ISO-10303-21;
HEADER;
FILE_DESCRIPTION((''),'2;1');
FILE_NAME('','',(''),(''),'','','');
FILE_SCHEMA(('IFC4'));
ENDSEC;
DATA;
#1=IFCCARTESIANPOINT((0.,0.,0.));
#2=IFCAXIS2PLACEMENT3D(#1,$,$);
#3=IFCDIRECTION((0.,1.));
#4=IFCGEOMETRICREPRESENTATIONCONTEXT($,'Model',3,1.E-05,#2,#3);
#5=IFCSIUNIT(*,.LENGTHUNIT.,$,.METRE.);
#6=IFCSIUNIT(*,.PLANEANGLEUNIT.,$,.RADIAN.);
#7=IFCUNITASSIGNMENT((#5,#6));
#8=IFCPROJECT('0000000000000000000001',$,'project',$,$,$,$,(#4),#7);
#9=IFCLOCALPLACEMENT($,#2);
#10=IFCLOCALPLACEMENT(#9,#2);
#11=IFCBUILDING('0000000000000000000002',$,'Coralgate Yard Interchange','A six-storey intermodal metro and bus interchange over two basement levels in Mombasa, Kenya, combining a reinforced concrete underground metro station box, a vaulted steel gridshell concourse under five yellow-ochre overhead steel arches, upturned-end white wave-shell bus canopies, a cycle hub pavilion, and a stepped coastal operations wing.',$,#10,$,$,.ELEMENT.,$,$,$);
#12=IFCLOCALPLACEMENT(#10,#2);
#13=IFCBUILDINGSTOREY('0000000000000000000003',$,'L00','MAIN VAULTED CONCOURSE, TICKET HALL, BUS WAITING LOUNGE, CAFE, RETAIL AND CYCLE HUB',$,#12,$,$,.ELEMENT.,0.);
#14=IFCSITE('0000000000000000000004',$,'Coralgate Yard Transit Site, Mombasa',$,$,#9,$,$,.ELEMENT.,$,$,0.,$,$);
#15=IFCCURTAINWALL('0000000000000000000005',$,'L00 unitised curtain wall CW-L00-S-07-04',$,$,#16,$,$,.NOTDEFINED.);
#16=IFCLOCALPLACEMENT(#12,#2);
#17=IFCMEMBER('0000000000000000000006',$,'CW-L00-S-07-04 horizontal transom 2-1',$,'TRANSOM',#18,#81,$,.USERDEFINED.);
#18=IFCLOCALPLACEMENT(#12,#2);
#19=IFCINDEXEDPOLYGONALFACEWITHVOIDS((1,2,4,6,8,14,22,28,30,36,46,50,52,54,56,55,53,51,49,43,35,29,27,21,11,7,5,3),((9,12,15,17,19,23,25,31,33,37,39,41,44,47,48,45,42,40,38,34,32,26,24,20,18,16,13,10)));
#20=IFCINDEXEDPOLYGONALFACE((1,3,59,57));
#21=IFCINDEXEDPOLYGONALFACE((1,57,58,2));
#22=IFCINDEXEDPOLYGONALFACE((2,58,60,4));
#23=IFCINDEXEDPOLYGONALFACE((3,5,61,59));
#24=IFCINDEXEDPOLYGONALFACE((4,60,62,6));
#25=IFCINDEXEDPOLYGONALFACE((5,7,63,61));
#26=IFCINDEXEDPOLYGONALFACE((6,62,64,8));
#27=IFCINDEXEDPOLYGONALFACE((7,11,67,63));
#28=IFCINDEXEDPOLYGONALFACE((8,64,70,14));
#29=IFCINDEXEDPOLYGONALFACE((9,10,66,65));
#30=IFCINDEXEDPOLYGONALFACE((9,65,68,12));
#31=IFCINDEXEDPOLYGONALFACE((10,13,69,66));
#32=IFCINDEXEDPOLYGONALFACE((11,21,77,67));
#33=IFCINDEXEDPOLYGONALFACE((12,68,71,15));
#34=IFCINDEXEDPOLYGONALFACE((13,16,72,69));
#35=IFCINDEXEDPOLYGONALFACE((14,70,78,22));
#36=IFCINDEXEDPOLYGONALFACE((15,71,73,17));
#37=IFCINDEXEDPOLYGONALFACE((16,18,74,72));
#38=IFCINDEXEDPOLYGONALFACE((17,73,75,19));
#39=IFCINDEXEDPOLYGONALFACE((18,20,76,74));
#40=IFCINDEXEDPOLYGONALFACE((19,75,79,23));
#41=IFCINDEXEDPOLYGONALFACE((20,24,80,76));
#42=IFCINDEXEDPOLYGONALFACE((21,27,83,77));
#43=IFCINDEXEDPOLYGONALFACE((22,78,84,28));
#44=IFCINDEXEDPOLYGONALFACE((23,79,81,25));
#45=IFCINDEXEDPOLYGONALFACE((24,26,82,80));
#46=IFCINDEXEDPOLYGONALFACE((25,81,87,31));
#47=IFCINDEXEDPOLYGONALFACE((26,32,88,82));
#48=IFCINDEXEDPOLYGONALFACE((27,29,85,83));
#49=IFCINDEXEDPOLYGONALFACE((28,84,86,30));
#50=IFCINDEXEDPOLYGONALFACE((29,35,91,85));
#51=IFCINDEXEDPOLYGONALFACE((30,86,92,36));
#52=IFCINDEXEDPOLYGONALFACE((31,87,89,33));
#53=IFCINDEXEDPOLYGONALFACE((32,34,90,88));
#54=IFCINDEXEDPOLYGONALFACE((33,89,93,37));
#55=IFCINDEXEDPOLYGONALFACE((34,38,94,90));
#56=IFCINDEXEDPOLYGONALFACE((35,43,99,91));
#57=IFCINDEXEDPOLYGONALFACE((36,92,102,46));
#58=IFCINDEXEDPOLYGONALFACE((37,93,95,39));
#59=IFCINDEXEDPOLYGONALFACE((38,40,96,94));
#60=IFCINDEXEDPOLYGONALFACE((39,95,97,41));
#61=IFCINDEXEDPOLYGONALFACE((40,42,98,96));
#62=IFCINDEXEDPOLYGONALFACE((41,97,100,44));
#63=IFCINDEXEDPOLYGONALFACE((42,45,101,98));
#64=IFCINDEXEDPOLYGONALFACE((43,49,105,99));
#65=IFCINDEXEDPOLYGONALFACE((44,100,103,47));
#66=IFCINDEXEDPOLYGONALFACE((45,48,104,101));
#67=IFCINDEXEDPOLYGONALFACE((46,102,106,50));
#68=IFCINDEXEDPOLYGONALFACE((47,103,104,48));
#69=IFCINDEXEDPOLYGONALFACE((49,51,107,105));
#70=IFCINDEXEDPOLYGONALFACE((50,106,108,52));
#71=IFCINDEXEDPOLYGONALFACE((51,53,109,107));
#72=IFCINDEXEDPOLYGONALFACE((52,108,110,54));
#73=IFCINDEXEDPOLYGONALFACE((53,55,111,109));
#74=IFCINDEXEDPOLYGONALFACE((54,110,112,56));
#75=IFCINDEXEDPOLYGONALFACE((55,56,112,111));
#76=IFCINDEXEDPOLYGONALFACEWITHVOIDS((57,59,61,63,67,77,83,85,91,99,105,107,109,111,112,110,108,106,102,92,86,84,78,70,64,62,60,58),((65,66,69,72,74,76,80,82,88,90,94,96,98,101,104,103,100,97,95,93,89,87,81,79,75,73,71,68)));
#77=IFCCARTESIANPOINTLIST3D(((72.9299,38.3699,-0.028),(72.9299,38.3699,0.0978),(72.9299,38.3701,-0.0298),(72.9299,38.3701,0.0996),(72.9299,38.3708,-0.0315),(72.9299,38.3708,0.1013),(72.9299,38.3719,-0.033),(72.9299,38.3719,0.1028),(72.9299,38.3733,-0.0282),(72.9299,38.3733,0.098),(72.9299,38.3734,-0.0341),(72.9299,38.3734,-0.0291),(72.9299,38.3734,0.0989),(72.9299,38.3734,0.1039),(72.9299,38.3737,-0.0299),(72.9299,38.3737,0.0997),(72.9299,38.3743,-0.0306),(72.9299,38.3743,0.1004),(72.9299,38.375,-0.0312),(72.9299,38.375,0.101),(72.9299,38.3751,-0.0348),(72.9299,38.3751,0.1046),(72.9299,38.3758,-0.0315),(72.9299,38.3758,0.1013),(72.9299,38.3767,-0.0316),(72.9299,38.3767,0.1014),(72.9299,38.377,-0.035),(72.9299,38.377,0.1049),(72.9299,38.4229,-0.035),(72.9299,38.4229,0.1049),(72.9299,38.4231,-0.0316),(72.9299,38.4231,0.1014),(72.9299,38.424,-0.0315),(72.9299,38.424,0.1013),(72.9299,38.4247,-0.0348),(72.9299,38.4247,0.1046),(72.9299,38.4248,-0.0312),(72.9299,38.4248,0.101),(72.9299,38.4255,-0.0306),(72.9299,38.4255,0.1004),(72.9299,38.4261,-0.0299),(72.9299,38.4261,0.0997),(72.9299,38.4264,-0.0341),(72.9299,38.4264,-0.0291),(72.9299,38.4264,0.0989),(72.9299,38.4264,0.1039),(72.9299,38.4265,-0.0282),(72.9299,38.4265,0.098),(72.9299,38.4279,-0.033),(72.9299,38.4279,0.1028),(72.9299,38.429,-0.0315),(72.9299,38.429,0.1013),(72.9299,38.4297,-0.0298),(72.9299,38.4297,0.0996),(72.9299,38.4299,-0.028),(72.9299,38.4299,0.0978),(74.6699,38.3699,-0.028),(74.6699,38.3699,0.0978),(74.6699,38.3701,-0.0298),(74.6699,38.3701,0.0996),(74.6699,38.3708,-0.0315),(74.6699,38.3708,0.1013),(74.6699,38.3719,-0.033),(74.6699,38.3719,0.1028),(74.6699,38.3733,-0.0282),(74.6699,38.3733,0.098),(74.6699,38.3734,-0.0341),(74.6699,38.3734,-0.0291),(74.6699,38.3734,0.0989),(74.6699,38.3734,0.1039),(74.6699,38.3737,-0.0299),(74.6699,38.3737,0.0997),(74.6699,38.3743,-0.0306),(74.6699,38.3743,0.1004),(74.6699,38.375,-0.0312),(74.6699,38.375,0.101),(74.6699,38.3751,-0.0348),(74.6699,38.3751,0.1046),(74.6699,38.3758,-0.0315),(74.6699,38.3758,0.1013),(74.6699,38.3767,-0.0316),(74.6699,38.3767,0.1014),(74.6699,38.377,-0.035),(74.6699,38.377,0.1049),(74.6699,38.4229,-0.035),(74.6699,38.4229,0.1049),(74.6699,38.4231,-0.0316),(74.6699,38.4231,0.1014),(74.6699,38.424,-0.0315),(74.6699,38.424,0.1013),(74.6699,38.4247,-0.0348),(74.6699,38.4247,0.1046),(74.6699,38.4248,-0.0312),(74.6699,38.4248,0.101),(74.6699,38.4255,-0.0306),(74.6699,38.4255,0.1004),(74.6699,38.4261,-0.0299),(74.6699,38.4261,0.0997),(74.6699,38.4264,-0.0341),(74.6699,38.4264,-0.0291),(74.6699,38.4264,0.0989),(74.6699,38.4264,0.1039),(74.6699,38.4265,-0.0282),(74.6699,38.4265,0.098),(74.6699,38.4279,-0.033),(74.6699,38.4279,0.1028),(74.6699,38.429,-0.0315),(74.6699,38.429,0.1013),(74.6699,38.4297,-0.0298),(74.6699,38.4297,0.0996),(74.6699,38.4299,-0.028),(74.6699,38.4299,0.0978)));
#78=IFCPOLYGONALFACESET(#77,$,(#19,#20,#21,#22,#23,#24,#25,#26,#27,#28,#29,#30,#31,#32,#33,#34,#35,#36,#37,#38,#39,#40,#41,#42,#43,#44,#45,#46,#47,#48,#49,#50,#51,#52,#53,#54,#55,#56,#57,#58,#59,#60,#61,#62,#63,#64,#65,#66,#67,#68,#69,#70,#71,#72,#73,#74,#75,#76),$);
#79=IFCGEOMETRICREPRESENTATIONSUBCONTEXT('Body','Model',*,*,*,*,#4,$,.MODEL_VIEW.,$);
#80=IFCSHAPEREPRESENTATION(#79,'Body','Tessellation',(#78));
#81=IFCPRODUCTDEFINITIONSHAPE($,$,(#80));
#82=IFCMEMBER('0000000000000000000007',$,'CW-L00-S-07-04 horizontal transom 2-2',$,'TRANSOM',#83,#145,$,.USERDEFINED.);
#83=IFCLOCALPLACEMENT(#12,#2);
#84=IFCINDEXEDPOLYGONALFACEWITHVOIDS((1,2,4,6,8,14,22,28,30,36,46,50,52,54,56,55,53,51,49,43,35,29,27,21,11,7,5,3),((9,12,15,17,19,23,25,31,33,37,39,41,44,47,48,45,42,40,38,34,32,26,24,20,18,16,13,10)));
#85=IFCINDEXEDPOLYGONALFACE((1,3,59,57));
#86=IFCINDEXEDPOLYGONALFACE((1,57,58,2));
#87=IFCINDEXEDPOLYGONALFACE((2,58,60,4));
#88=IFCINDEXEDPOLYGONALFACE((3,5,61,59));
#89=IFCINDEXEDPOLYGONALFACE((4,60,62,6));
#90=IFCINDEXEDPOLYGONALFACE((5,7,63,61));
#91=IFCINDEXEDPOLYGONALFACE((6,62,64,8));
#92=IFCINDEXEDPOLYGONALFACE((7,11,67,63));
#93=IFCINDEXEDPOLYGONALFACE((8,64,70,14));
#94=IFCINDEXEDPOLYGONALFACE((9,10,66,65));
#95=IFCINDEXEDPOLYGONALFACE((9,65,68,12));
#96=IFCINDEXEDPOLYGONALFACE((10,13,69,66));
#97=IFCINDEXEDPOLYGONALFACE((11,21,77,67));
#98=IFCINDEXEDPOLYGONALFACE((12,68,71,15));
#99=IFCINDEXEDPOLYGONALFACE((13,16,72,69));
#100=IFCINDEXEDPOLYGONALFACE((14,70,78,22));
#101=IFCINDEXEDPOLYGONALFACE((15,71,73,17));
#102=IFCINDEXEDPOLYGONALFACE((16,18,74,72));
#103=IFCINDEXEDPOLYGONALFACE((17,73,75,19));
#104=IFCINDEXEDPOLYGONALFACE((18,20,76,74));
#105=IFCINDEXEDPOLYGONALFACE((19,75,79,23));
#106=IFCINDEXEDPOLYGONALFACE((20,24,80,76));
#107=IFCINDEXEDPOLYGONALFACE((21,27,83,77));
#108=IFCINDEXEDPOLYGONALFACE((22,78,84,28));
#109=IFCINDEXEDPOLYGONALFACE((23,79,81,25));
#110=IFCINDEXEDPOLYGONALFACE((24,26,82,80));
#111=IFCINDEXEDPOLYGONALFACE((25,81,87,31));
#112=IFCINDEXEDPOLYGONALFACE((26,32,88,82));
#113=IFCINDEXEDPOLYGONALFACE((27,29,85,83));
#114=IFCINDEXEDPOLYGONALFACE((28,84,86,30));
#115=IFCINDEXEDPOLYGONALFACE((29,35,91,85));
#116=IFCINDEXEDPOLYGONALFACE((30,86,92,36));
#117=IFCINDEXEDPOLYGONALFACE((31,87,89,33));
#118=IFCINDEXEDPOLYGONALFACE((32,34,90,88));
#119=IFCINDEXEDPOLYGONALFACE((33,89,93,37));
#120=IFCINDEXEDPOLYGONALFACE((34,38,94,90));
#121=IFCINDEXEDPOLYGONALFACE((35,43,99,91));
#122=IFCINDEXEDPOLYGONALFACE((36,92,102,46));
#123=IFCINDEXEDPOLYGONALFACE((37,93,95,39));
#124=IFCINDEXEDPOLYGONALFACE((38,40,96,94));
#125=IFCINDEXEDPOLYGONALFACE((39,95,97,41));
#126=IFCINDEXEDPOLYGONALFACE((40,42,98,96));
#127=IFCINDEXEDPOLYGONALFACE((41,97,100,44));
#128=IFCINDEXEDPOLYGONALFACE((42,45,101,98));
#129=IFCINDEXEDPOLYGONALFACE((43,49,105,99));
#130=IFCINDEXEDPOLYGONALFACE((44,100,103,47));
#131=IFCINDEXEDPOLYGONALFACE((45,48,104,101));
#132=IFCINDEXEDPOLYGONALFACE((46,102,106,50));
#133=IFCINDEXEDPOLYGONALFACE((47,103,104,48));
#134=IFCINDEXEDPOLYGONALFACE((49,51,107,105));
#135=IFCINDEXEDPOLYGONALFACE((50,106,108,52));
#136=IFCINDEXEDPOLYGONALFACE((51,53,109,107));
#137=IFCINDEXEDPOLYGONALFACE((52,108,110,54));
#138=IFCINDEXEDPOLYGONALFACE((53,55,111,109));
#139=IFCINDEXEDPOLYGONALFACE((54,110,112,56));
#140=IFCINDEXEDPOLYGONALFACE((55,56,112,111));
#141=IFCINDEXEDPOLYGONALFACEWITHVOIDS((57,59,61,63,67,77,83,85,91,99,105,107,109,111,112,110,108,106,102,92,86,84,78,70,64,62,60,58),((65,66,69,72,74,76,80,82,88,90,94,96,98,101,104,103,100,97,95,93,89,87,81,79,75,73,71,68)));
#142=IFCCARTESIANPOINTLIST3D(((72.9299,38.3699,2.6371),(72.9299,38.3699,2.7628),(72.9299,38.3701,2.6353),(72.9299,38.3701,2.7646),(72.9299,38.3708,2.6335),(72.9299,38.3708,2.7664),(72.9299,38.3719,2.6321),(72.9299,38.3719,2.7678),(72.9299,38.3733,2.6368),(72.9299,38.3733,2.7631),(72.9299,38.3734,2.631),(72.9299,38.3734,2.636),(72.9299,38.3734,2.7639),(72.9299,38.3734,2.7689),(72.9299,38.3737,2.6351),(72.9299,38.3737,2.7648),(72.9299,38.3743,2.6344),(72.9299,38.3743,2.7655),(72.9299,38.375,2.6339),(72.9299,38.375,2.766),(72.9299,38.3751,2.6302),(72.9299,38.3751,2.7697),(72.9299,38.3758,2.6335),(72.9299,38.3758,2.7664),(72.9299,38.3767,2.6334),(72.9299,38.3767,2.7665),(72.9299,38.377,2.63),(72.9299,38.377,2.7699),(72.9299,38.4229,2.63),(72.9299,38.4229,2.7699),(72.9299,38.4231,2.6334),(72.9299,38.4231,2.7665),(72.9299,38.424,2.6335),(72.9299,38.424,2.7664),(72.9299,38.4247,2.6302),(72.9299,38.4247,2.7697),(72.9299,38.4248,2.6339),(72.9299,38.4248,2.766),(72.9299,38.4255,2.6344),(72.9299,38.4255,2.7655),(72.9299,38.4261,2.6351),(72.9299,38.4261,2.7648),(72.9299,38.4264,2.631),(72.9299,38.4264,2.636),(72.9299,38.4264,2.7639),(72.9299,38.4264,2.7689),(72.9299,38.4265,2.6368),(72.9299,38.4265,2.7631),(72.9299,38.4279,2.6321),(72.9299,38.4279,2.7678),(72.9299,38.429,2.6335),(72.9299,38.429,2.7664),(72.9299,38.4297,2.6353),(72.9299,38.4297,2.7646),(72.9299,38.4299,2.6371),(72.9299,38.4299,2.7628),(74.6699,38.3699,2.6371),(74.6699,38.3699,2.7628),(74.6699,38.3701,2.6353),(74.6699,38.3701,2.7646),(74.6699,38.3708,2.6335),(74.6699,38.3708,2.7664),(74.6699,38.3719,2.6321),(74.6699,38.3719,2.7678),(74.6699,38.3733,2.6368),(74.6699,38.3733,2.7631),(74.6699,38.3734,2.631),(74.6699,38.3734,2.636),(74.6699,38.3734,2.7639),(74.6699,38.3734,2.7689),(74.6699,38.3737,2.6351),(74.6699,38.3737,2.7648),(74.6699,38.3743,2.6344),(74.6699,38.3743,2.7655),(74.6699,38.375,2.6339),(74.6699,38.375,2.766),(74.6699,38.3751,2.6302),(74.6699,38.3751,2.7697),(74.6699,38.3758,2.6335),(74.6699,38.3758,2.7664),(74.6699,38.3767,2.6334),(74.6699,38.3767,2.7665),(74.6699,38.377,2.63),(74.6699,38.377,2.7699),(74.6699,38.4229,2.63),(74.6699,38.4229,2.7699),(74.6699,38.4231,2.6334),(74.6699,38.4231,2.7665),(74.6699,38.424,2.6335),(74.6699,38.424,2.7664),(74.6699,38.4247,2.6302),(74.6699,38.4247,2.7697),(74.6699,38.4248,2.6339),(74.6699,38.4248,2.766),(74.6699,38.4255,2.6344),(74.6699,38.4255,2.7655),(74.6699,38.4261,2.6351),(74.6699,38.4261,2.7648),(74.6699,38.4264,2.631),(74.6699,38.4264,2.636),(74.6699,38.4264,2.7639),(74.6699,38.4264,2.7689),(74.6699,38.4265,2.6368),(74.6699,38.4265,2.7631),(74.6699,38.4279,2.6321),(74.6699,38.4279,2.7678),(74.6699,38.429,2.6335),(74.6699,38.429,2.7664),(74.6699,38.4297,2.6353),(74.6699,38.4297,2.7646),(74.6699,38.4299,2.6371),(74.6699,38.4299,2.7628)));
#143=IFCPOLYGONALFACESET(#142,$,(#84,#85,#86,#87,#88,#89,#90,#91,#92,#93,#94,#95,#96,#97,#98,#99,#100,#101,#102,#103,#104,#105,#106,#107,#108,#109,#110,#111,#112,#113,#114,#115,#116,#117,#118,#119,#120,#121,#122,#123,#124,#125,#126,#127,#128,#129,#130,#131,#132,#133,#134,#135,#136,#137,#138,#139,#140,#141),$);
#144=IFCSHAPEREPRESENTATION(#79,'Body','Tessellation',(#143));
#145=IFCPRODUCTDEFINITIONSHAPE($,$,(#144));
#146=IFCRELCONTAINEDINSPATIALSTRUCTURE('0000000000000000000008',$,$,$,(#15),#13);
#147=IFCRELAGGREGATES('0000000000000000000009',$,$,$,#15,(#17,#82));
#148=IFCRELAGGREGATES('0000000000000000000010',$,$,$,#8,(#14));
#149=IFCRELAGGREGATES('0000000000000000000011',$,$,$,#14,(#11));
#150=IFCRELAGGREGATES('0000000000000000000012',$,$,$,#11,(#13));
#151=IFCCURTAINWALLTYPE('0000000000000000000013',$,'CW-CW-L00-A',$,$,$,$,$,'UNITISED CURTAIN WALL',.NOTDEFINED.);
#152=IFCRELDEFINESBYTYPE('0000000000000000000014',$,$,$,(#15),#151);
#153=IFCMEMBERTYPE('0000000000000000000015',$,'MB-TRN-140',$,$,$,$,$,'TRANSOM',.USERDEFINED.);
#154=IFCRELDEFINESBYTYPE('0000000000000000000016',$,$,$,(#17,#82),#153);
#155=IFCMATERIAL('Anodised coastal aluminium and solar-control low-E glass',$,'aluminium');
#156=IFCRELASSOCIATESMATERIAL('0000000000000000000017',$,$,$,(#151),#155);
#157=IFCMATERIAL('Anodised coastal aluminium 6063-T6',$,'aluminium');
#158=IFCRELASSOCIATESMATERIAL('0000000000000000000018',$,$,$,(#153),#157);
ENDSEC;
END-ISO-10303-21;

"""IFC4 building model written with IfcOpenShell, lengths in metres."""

from ifc_helpers import new_model, si_unit, direction, frame, origin, origin_2d, place, context, subcontext, project, spatial, hollow_rectangle, extrude, material, material_profile, profile_set, type_object, element, aggregate, save


model = new_model("IFC4")

# Units and contexts
model_context = context("Model", 3, precision=1e-05, world=origin(), true_north=direction((0.0, 1.0)))
body_context = subcontext(model_context, "Body", "Model", "MODEL_VIEW")
ifc_project = project(units=[si_unit("LENGTHUNIT", "METRE"), si_unit("PLANEANGLEUNIT", "RADIAN")], contexts=[model_context])

# Site, building, storey
site_placement = place(None, origin())
site = spatial("IfcSite", under=ifc_project, at=site_placement, Name="Coralgate Yard Transit Site, Mombasa", CompositionType="ELEMENT", RefElevation=0.0)
building_placement = place(site_placement, origin())
building = spatial("IfcBuilding", under=site, at=building_placement, Name="Coralgate Yard Interchange", Description="A six-storey intermodal metro and bus interchange over two basement levels in Mombasa, Kenya, combining a reinforced concrete underground metro station box, a vaulted steel gridshell concourse under five yellow-ochre overhead steel arches, upturned-end white wave-shell bus canopies, a cycle hub pavilion, and a stepped coastal operations wing.", CompositionType="ELEMENT")
storey_placement = place(building_placement, origin())
storey = spatial("IfcBuildingStorey", under=building, at=storey_placement, Name="L00", Description="MAIN VAULTED CONCOURSE, TICKET HALL, BUS WAITING LOUNGE, CAFE, RETAIL AND CYCLE HUB", CompositionType="ELEMENT", Elevation=0.0)

# Curtain wall, members
ifc_material_1 = material(Name="Anodised coastal aluminium and solar-control low-E glass", Category="aluminium")
curtain_wall_type = type_object("IfcCurtainWallType", Name="CW-CW-L00-A", ElementType="UNITISED CURTAIN WALL", PredefinedType="NOTDEFINED", material=ifc_material_1)
curtain_wall_placement = place(storey_placement, origin())
curtain_wall = element("IfcCurtainWall", 1, at=curtain_wall_placement, inside=storey, type_object=curtain_wall_type, Name="L00 unitised curtain wall CW-L00-S-07-04", PredefinedType="NOTDEFINED")
ifc_material_2 = material(Name="Anodised coastal aluminium 6063-T6", Category="aluminium")
ifc_material_profile_1 = material_profile(ifc_material_2, hollow_rectangle(XDim=0.0601, YDim=0.1399, WallThickness=0.0034, InnerFilletRadius=0.0034, OuterFilletRadius=0.0071, at=origin_2d()), Name="ALU 60x140x3.5")
ifc_profile_set_1 = profile_set([ifc_material_profile_1], Name="Anodised coastal aluminium 6063-T6")
member_type_1 = type_object("IfcMemberType", Name="MB-TRN-140", ElementType="TRANSOM", PredefinedType="USERDEFINED", material=ifc_profile_set_1)
member_1_placement = place(storey_placement, frame((74.6699, 38.3999, 0.0349), z_axis=(-1.0, 0.0, 0.0), x_axis=(0.0, -1.0, 0.0)))
member_1 = element("IfcMember", 2, at=member_1_placement, type_object=member_type_1, Name="CW-L00-S-07-04 horizontal transom 2-1", ObjectType="TRANSOM", PredefinedType="USERDEFINED", context=body_context, shape_type="SweptSolid", body=[
    extrude(hollow_rectangle(XDim=0.0601, YDim=0.1399, WallThickness=0.0034, InnerFilletRadius=0.0034, OuterFilletRadius=0.0071, at=origin_2d()), origin(), (0.0, 0.0, 1.0), 1.74),
])
member_2_placement = place(storey_placement, frame((74.6699, 38.3999, 2.7), z_axis=(-1.0, 0.0, 0.0), x_axis=(0.0, -1.0, 0.0)))
member_2 = element("IfcMember", 3, at=member_2_placement, type_object=member_type_1, Name="CW-L00-S-07-04 horizontal transom 2-2", ObjectType="TRANSOM", PredefinedType="USERDEFINED", context=body_context, shape_type="SweptSolid", body=[
    extrude(hollow_rectangle(XDim=0.0601, YDim=0.1399, WallThickness=0.0034, InnerFilletRadius=0.0034, OuterFilletRadius=0.0071, at=origin_2d()), origin(), (0.0, 0.0, 1.0), 1.74),
])
aggregate(curtain_wall, [member_1, member_2])

save(model, "model.ifc")
